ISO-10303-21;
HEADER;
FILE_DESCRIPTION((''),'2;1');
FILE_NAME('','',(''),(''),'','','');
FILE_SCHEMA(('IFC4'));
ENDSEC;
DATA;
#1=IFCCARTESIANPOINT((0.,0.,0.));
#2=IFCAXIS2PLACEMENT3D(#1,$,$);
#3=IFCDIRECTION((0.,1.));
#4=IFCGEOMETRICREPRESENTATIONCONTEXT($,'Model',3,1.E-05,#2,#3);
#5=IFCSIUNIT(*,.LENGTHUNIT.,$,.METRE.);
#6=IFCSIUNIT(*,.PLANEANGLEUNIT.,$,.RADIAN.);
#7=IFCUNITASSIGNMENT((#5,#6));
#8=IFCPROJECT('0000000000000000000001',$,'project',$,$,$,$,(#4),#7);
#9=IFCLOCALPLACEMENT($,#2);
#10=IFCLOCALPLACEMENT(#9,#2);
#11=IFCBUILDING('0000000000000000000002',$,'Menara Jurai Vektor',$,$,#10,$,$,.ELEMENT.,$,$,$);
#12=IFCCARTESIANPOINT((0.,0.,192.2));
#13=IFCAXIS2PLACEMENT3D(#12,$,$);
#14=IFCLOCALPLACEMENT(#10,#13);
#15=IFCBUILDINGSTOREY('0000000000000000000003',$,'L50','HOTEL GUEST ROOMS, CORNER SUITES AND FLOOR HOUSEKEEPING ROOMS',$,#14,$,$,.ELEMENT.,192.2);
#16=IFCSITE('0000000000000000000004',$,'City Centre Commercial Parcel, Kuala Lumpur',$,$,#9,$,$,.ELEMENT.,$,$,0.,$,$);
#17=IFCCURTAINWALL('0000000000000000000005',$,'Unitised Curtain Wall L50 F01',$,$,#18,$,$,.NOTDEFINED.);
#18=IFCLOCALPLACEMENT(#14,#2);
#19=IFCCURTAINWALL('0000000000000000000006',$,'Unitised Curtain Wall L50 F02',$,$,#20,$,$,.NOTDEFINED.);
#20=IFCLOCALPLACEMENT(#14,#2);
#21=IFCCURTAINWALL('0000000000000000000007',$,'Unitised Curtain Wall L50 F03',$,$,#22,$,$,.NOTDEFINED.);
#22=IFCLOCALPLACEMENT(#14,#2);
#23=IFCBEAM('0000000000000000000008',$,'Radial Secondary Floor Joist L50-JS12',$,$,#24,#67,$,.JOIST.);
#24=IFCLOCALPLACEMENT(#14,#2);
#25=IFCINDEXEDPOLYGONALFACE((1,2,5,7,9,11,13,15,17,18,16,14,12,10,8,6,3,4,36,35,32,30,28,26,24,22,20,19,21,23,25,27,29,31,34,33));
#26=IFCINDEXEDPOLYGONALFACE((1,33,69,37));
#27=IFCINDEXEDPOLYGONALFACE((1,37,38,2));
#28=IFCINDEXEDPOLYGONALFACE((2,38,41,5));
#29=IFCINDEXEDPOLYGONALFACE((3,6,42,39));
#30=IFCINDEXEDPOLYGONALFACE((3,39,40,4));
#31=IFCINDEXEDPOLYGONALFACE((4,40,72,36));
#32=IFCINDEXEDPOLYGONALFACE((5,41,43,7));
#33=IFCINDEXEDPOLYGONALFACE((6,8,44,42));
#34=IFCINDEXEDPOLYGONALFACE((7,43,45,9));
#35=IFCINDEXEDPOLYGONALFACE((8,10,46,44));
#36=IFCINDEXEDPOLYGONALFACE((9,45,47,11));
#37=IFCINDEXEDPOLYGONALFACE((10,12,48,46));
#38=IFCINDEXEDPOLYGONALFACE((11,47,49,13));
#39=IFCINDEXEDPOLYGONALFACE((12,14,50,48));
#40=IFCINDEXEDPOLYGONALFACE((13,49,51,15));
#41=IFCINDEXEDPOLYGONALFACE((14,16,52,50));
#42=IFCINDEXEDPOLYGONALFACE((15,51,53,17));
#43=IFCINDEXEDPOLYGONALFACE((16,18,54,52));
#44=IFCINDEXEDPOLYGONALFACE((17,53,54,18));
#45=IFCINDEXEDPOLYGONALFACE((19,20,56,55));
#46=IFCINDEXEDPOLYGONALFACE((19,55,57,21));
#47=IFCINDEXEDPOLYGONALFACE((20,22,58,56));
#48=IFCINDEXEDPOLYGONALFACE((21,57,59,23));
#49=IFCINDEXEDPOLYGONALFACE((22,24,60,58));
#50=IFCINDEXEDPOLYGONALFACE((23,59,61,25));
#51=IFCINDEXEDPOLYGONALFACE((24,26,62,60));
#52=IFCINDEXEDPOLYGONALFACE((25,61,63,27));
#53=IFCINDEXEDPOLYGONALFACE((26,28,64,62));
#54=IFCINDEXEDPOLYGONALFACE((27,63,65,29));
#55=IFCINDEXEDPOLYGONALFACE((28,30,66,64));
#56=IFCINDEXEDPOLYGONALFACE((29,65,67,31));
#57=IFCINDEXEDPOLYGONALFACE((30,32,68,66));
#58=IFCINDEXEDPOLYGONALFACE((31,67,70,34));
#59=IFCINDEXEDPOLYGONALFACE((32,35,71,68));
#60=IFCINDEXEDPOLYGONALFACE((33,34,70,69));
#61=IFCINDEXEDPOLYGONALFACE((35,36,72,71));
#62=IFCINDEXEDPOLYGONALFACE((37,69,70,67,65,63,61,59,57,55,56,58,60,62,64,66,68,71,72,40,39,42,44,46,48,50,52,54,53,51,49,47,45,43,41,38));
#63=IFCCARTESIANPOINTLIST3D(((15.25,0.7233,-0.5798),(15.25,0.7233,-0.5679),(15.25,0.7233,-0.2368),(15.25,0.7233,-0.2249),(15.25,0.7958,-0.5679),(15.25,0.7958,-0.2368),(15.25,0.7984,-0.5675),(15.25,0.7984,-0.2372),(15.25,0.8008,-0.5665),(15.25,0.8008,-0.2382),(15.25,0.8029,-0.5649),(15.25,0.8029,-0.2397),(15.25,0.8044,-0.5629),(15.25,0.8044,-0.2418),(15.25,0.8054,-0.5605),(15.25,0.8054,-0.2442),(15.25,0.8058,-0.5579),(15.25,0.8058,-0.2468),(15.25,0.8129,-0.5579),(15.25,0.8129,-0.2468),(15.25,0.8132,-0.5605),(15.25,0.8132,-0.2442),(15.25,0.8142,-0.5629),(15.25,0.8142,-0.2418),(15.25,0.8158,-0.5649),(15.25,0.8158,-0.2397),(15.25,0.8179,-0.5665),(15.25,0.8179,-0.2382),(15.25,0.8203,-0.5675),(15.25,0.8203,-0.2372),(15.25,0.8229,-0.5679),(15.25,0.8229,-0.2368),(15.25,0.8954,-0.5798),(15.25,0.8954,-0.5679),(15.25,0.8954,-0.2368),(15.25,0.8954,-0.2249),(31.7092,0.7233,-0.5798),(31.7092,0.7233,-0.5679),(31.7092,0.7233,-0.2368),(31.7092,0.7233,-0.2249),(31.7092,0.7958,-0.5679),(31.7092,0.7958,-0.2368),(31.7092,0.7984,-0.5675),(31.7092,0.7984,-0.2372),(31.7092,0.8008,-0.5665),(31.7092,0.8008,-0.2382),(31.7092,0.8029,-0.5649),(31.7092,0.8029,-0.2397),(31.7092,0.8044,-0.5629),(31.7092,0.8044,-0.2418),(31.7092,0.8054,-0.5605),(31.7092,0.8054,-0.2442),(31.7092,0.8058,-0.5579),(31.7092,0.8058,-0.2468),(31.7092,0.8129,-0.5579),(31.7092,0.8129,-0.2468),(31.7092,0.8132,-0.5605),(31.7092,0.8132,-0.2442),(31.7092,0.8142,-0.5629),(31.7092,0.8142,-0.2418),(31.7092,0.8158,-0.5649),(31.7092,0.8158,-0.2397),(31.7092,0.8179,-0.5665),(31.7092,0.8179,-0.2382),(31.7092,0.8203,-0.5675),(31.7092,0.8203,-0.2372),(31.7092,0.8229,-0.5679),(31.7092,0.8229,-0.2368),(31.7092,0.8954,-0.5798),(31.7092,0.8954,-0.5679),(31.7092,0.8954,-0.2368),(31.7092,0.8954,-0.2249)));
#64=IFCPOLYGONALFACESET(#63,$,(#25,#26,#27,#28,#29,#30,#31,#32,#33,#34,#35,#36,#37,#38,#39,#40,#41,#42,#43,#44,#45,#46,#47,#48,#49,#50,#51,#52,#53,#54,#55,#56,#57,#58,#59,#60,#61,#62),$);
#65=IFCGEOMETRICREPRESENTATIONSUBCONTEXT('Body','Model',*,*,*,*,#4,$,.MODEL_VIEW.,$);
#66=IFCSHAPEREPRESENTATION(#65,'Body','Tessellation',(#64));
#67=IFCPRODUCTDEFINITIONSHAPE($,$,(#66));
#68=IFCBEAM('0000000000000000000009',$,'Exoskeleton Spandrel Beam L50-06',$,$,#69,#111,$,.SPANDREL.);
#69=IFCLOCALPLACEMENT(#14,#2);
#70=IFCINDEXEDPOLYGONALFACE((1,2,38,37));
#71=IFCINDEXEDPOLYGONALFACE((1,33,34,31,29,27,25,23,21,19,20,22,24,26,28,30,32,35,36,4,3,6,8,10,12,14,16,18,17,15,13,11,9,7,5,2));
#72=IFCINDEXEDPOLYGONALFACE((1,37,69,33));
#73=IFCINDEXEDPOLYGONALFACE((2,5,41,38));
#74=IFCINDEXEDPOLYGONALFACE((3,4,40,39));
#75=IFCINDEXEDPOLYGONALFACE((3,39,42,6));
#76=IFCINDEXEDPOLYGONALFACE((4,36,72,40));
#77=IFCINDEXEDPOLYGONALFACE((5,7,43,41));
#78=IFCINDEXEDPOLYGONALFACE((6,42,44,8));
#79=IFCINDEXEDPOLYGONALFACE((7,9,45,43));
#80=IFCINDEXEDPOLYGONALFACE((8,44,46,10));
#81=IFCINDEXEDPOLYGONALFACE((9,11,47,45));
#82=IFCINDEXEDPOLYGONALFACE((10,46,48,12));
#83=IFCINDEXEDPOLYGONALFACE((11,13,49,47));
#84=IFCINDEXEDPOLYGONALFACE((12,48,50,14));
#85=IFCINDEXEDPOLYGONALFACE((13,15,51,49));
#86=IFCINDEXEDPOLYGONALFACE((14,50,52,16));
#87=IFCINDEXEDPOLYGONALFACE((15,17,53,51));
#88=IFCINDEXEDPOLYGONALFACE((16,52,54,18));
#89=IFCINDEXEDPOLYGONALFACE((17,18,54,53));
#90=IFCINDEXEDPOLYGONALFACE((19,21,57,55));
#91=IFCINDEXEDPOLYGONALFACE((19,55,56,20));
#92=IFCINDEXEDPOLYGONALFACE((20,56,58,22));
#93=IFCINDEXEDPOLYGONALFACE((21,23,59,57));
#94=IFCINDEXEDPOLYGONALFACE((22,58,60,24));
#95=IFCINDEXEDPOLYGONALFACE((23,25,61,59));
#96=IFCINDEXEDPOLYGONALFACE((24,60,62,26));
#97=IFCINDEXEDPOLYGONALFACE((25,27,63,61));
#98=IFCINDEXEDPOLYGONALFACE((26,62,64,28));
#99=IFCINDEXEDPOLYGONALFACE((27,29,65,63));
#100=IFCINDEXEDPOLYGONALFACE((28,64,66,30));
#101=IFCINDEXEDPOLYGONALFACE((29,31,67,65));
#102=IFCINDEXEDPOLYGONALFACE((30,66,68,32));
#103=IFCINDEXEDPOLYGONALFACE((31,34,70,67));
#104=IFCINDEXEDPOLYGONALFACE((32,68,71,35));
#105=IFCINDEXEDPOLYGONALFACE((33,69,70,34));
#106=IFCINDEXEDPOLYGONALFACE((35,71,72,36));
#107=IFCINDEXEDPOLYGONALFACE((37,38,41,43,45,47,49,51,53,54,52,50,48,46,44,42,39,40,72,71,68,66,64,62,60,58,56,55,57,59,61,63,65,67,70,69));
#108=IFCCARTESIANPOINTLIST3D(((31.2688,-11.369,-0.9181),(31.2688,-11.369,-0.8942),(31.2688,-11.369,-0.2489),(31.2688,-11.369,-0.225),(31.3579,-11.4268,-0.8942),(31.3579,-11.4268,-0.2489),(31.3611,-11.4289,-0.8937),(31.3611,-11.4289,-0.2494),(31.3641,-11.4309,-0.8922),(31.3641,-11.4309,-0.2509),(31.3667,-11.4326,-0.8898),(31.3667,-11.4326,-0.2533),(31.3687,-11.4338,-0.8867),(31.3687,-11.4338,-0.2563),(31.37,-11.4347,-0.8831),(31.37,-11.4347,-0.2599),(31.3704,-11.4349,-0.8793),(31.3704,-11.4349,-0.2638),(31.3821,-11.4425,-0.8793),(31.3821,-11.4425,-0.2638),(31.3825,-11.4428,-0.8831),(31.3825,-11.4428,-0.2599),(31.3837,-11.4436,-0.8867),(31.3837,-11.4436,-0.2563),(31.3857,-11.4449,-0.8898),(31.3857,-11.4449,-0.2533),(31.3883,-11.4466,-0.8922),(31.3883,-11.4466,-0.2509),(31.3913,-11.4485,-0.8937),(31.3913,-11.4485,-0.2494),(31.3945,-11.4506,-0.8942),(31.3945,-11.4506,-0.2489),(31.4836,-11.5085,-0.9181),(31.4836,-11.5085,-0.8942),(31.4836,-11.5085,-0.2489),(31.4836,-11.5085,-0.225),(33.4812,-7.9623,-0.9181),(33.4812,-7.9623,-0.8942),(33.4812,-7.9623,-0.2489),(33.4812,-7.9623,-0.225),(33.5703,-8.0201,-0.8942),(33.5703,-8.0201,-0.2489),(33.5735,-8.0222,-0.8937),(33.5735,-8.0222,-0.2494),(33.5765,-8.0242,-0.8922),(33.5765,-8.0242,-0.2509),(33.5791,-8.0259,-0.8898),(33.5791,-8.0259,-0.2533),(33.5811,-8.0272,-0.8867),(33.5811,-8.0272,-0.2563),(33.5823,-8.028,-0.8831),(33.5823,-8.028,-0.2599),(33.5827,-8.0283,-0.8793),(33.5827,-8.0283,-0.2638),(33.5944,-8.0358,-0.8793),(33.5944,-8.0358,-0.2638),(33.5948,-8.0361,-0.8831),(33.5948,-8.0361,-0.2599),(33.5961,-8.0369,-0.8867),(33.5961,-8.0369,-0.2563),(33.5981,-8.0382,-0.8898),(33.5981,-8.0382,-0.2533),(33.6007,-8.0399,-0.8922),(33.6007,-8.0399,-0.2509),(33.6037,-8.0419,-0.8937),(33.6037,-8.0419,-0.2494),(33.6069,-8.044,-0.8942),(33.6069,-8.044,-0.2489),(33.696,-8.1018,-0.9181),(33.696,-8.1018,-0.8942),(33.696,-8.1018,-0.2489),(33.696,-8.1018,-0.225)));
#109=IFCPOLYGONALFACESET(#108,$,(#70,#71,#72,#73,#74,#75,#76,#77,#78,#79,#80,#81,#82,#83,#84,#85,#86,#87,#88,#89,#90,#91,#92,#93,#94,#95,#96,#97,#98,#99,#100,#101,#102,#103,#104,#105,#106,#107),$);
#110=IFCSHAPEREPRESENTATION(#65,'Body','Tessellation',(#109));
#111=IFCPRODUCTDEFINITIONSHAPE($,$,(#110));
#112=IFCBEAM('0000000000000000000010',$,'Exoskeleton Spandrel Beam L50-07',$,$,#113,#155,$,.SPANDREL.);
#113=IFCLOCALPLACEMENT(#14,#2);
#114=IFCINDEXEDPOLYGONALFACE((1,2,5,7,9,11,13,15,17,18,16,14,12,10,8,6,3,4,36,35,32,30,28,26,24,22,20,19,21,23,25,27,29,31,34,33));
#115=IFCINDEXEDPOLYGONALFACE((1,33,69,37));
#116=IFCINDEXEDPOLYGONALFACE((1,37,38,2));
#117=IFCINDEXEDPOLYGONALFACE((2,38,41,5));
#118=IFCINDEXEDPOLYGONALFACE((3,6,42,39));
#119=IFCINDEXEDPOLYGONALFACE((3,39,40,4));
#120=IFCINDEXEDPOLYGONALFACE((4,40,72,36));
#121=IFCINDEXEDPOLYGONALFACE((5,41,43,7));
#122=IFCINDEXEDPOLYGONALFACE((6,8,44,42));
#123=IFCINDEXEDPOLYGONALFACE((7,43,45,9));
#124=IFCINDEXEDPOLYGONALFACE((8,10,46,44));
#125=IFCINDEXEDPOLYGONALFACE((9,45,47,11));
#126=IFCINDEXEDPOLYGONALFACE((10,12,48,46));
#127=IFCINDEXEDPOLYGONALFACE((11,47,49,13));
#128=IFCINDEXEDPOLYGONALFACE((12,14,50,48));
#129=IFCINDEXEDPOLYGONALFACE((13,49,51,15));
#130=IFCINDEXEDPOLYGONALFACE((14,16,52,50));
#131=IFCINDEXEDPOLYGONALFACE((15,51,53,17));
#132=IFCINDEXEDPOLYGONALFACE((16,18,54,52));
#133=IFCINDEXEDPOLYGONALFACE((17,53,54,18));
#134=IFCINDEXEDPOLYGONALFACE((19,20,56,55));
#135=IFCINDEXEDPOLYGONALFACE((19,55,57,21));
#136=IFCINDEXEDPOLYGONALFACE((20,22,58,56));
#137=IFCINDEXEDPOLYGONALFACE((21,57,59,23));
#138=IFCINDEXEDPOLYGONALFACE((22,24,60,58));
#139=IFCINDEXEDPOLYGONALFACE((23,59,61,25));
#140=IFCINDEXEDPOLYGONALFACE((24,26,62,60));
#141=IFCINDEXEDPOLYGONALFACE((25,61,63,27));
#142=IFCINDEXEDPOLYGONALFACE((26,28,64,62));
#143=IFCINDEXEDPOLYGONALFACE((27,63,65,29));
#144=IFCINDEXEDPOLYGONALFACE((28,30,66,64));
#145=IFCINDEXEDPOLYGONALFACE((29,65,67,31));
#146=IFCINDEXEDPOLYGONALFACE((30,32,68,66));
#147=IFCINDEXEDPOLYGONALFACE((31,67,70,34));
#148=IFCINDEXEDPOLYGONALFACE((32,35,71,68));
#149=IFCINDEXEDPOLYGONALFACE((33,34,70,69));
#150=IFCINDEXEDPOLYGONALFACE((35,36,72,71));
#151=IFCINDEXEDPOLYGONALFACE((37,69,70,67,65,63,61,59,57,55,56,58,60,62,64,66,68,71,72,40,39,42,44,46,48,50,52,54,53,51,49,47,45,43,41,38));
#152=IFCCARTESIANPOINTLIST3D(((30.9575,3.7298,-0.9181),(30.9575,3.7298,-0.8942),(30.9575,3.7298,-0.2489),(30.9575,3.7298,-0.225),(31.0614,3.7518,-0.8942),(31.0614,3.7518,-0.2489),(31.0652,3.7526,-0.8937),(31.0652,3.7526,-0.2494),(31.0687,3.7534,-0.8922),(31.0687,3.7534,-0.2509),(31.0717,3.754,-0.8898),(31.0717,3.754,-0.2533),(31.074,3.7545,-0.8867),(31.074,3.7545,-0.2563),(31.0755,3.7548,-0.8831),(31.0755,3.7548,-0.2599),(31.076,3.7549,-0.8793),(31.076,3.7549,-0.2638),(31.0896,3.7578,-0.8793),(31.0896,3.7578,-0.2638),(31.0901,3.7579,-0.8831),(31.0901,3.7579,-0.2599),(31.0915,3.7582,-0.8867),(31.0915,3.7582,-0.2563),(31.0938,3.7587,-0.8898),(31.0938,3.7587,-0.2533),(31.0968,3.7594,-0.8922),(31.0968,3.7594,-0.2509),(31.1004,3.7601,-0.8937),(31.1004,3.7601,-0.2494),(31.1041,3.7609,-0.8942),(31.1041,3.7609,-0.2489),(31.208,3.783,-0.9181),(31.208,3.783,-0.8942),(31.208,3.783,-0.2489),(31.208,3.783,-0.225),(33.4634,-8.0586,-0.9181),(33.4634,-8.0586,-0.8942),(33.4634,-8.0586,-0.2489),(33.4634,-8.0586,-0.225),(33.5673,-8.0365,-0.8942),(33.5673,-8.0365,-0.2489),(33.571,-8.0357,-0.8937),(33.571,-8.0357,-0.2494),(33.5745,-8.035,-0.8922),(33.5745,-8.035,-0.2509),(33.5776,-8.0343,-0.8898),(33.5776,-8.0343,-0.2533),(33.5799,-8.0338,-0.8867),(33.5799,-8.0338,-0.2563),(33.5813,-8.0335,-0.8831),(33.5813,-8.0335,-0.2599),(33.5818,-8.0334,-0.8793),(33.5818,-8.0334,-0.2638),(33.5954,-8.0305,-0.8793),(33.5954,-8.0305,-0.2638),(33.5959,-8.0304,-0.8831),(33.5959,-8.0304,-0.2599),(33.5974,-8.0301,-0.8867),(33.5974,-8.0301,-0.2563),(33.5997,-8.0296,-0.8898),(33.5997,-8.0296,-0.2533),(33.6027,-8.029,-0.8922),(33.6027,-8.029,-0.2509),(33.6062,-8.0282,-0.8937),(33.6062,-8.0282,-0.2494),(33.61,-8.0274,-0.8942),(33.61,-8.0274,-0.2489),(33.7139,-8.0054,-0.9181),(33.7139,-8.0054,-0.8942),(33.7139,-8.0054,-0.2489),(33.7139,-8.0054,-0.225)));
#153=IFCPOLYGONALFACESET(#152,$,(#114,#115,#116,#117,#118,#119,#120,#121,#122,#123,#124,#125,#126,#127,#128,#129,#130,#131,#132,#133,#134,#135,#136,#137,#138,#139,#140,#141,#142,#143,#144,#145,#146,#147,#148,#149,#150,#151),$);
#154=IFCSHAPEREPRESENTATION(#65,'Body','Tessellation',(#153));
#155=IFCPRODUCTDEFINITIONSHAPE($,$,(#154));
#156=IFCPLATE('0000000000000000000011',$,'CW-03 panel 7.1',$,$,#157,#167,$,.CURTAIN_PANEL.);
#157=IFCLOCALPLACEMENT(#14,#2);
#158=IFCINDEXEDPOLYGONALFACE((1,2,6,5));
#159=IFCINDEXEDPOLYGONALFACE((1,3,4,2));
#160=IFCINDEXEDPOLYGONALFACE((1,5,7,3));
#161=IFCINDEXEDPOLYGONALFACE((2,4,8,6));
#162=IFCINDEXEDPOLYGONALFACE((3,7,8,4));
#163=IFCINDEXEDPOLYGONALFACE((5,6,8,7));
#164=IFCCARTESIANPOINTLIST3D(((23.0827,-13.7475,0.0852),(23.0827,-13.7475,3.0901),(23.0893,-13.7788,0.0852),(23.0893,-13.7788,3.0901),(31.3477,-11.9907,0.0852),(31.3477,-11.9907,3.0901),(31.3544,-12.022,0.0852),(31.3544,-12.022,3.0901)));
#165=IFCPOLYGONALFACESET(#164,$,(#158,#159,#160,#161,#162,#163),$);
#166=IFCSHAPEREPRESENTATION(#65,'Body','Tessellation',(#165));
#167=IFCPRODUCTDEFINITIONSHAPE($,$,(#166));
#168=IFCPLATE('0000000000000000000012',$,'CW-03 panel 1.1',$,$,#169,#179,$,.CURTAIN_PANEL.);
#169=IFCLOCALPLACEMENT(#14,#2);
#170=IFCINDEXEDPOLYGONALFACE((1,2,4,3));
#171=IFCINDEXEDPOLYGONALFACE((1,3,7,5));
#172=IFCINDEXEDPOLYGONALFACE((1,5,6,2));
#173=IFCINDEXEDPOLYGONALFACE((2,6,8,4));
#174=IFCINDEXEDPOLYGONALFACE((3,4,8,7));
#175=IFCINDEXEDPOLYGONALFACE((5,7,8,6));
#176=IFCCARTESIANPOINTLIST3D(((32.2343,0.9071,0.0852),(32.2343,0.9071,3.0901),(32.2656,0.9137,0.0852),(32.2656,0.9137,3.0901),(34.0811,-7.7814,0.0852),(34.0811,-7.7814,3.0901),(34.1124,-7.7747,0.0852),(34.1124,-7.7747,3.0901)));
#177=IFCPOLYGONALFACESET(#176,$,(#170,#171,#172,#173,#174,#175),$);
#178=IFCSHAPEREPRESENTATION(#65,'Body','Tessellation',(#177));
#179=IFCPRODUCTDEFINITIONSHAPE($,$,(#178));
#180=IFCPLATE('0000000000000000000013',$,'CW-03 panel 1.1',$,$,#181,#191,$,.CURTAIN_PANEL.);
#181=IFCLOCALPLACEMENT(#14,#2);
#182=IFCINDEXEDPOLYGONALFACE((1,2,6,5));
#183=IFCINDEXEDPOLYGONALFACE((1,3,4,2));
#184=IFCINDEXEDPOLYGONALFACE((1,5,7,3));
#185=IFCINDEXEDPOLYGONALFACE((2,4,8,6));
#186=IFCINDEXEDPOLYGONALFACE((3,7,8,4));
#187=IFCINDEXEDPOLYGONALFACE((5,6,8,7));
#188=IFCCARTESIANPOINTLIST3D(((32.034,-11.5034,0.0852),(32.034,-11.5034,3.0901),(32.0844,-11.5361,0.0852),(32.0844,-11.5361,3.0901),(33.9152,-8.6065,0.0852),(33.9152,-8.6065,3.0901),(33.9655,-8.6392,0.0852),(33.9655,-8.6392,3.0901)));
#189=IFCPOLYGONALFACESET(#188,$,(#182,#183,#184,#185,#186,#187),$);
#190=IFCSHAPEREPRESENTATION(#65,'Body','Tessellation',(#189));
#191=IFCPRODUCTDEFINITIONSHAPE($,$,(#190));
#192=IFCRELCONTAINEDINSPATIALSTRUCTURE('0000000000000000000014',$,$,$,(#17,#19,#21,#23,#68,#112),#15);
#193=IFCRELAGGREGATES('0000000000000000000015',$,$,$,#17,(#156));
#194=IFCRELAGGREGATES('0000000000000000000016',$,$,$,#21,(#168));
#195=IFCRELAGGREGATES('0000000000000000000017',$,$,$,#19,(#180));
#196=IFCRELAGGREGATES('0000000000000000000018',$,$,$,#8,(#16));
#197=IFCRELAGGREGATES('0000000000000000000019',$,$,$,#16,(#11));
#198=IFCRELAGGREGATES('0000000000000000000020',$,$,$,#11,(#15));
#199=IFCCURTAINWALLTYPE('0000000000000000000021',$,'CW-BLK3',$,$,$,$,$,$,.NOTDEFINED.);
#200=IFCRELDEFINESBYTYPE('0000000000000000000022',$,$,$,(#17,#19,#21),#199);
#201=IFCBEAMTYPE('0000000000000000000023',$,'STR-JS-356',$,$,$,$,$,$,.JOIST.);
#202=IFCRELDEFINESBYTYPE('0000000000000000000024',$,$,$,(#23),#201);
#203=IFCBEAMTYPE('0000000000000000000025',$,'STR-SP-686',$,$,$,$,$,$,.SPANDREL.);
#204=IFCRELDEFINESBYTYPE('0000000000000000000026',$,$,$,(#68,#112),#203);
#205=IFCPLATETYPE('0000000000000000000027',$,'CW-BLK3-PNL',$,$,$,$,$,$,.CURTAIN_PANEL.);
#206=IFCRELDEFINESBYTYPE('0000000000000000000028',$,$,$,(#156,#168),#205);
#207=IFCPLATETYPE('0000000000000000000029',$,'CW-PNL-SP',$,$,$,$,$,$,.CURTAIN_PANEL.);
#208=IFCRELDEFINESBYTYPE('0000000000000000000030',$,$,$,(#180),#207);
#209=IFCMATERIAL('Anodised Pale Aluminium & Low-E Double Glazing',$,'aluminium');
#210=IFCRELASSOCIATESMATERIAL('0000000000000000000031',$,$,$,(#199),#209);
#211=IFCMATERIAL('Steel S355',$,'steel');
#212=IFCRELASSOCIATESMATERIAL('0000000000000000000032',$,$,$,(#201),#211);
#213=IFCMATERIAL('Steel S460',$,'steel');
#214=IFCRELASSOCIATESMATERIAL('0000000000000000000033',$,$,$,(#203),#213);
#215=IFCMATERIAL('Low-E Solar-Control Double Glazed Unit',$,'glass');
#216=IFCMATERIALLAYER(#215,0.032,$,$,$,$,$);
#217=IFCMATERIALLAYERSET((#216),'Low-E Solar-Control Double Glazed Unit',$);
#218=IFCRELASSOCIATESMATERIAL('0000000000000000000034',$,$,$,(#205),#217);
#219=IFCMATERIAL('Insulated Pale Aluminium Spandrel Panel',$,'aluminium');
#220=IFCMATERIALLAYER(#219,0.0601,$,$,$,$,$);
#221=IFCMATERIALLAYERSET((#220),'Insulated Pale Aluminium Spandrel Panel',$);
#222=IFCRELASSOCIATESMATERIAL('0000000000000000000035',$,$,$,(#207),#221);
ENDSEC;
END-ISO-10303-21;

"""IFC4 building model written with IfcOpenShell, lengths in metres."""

from ifc_helpers import new_model, si_unit, direction, frame, origin, origin_2d, place, context, subcontext, project, spatial, rectangle, i_section, extrude, material, layer, layer_set, material_profile, profile_set, type_object, element, aggregate, save


model = new_model("IFC4")

# Units and contexts
model_context = context("Model", 3, precision=1e-05, world=origin(), true_north=direction((0.0, 1.0)))
body_context = subcontext(model_context, "Body", "Model", "MODEL_VIEW")
ifc_project = project(units=[si_unit("LENGTHUNIT", "METRE"), si_unit("PLANEANGLEUNIT", "RADIAN")], contexts=[model_context])

# Site, building, storey
site_placement = place(None, origin())
site = spatial("IfcSite", under=ifc_project, at=site_placement, Name="City Centre Commercial Parcel, Kuala Lumpur", CompositionType="ELEMENT", RefElevation=0.0)
building_placement = place(site_placement, origin())
building = spatial("IfcBuilding", under=site, at=building_placement, Name="Menara Jurai Vektor", CompositionType="ELEMENT")
storey_placement = place(building_placement, frame((0.0, 0.0, 192.2)))
storey = spatial("IfcBuildingStorey", under=building, at=storey_placement, Name="L50", Description="HOTEL GUEST ROOMS, CORNER SUITES AND FLOOR HOUSEKEEPING ROOMS", CompositionType="ELEMENT", Elevation=192.2)

# Shared definitions
ifc_material_1 = material(Name="Steel S460", Category="steel")

# Curtain wall
ifc_material_2 = material(Name="Anodised Pale Aluminium & Low-E Double Glazing", Category="aluminium")
curtain_wall_type = type_object("IfcCurtainWallType", Name="CW-BLK3", PredefinedType="NOTDEFINED", material=ifc_material_2)
curtain_wall_1_placement = place(storey_placement, origin())
curtain_wall_1 = element("IfcCurtainWall", 1, at=curtain_wall_1_placement, inside=storey, type_object=curtain_wall_type, Name="Unitised Curtain Wall L50 F01", PredefinedType="NOTDEFINED")

# Curtain walls
curtain_wall_2_placement = place(storey_placement, origin())
curtain_wall_2 = element("IfcCurtainWall", 2, at=curtain_wall_2_placement, inside=storey, type_object=curtain_wall_type, Name="Unitised Curtain Wall L50 F02", PredefinedType="NOTDEFINED")
curtain_wall_3_placement = place(storey_placement, origin())
curtain_wall_3 = element("IfcCurtainWall", 3, at=curtain_wall_3_placement, inside=storey, type_object=curtain_wall_type, Name="Unitised Curtain Wall L50 F03", PredefinedType="NOTDEFINED")

# Shared definitions
ifc_material_3 = material(Name="Steel S355", Category="steel")

# Beams
ifc_material_profile_1 = material_profile(ifc_material_3, i_section(OverallWidth=0.1721, OverallDepth=0.355, WebThickness=0.0071, FlangeThickness=0.012, FilletRadius=0.01, at=origin_2d()), Name="UKB 356x171x51")
ifc_profile_set_1 = profile_set([ifc_material_profile_1], Name="Steel S355")
beam_type_1 = type_object("IfcBeamType", Name="STR-JS-356", PredefinedType="JOIST", material=ifc_profile_set_1)
beam_1_placement = place(storey_placement, frame((31.7092, 0.8093, -0.4023), z_axis=(-1.0, 0.0, 0.0), x_axis=(0.0, -1.0, 0.0)))
element("IfcBeam", 4, at=beam_1_placement, inside=storey, type_object=beam_type_1, Name="Radial Secondary Floor Joist L50-JS12", PredefinedType="JOIST", context=body_context, shape_type="SweptSolid", body=[
    extrude(i_section(OverallWidth=0.1721, OverallDepth=0.355, WebThickness=0.0071, FlangeThickness=0.012, FilletRadius=0.01, at=origin_2d()), origin(), (0.0, 0.0, 1.0), 16.4592),
])
ifc_material_profile_2 = material_profile(ifc_material_1, i_section(OverallWidth=0.2561, OverallDepth=0.6931, WebThickness=0.0139, FlangeThickness=0.0239, FilletRadius=0.0149, at=origin_2d()), Name="UKB 686x254x170")
ifc_profile_set_2 = profile_set([ifc_material_profile_2], Name="Steel S460")
beam_type_2 = type_object("IfcBeamType", Name="STR-SP-686", PredefinedType="SPANDREL", material=ifc_profile_set_2)
beam_2_placement = place(storey_placement, frame((31.3762, -11.4387, -0.5715), z_axis=(0.544646, 0.838666, 0.0), x_axis=(-0.838666, 0.544646, 0.0)))
element("IfcBeam", 5, at=beam_2_placement, inside=storey, type_object=beam_type_2, Name="Exoskeleton Spandrel Beam L50-06", PredefinedType="SPANDREL", context=body_context, shape_type="SweptSolid", body=[
    extrude(i_section(OverallWidth=0.2561, OverallDepth=0.6931, WebThickness=0.0139, FlangeThickness=0.0239, FilletRadius=0.0149, at=origin_2d()), origin(), (0.0, 0.0, 1.0), 4.062),
])
beam_3_placement = place(storey_placement, frame((33.5886, -8.032, -0.5715), z_axis=(-0.207925, 0.978145, 0.0), x_axis=(-0.978145, -0.207925, 0.0)))
element("IfcBeam", 6, at=beam_3_placement, inside=storey, type_object=beam_type_2, Name="Exoskeleton Spandrel Beam L50-07", PredefinedType="SPANDREL", context=body_context, shape_type="SweptSolid", body=[
    extrude(i_section(OverallWidth=0.2561, OverallDepth=0.6931, WebThickness=0.0139, FlangeThickness=0.0239, FilletRadius=0.0149, at=origin_2d()), origin(), (0.0, 0.0, 1.0), 12.0518),
])

# Plates
ifc_material_4 = material(Name="Low-E Solar-Control Double Glazed Unit", Category="glass")
ifc_layer_1 = layer(ifc_material_4, 0.032)
ifc_layer_set_1 = layer_set([ifc_layer_1], Name="Low-E Solar-Control Double Glazed Unit")
plate_type_1 = type_object("IfcPlateType", Name="CW-BLK3-PNL", PredefinedType="CURTAIN_PANEL", material=ifc_layer_set_1)
plate_1_placement = place(storey_placement, frame((27.2185, -12.8848, 0.0852), z_axis=(0.0, 0.0, 1.0), x_axis=(0.978148, 0.207911, 0.0)))
plate_1 = element("IfcPlate", 7, at=plate_1_placement, type_object=plate_type_1, Name="CW-03 panel 7.1", PredefinedType="CURTAIN_PANEL", context=body_context, shape_type="SweptSolid", body=[
    extrude(rectangle(XDim=8.4497, YDim=0.032, at=origin_2d()), origin(), (0.0, 0.0, 1.0), 3.0049),
])
aggregate(curtain_wall_1, [plate_1])
plate_2_placement = place(storey_placement, frame((33.1733, -3.4338, 0.0852), z_axis=(0.0, 0.0, 1.0), x_axis=(-0.20791, 0.978148, 0.0)))
plate_2 = element("IfcPlate", 8, at=plate_2_placement, type_object=plate_type_1, Name="CW-03 panel 1.1", PredefinedType="CURTAIN_PANEL", context=body_context, shape_type="SweptSolid", body=[
    extrude(rectangle(XDim=8.8826, YDim=0.032, at=origin_2d()), origin(), (0.0, 0.0, 1.0), 3.0049),
])
aggregate(curtain_wall_3, [plate_2])
ifc_material_5 = material(Name="Insulated Pale Aluminium Spandrel Panel", Category="aluminium")
ifc_layer_2 = layer(ifc_material_5, 0.0601)
ifc_layer_set_2 = layer_set([ifc_layer_2], Name="Insulated Pale Aluminium Spandrel Panel")
plate_type_2 = type_object("IfcPlateType", Name="CW-PNL-SP", PredefinedType="CURTAIN_PANEL", material=ifc_layer_set_2)
plate_3_placement = place(storey_placement, frame((32.9998, -10.0713, 0.0852), z_axis=(0.0, 0.0, 1.0), x_axis=(0.544618, 0.838684, 0.0)))
plate_3 = element("IfcPlate", 9, at=plate_3_placement, type_object=plate_type_2, Name="CW-03 panel 1.1", PredefinedType="CURTAIN_PANEL", context=body_context, shape_type="SweptSolid", body=[
    extrude(rectangle(XDim=3.4541, YDim=0.0601, at=origin_2d()), origin(), (0.0, 0.0, 1.0), 3.0049),
])
aggregate(curtain_wall_2, [plate_3])

save(model, "model.ifc")
